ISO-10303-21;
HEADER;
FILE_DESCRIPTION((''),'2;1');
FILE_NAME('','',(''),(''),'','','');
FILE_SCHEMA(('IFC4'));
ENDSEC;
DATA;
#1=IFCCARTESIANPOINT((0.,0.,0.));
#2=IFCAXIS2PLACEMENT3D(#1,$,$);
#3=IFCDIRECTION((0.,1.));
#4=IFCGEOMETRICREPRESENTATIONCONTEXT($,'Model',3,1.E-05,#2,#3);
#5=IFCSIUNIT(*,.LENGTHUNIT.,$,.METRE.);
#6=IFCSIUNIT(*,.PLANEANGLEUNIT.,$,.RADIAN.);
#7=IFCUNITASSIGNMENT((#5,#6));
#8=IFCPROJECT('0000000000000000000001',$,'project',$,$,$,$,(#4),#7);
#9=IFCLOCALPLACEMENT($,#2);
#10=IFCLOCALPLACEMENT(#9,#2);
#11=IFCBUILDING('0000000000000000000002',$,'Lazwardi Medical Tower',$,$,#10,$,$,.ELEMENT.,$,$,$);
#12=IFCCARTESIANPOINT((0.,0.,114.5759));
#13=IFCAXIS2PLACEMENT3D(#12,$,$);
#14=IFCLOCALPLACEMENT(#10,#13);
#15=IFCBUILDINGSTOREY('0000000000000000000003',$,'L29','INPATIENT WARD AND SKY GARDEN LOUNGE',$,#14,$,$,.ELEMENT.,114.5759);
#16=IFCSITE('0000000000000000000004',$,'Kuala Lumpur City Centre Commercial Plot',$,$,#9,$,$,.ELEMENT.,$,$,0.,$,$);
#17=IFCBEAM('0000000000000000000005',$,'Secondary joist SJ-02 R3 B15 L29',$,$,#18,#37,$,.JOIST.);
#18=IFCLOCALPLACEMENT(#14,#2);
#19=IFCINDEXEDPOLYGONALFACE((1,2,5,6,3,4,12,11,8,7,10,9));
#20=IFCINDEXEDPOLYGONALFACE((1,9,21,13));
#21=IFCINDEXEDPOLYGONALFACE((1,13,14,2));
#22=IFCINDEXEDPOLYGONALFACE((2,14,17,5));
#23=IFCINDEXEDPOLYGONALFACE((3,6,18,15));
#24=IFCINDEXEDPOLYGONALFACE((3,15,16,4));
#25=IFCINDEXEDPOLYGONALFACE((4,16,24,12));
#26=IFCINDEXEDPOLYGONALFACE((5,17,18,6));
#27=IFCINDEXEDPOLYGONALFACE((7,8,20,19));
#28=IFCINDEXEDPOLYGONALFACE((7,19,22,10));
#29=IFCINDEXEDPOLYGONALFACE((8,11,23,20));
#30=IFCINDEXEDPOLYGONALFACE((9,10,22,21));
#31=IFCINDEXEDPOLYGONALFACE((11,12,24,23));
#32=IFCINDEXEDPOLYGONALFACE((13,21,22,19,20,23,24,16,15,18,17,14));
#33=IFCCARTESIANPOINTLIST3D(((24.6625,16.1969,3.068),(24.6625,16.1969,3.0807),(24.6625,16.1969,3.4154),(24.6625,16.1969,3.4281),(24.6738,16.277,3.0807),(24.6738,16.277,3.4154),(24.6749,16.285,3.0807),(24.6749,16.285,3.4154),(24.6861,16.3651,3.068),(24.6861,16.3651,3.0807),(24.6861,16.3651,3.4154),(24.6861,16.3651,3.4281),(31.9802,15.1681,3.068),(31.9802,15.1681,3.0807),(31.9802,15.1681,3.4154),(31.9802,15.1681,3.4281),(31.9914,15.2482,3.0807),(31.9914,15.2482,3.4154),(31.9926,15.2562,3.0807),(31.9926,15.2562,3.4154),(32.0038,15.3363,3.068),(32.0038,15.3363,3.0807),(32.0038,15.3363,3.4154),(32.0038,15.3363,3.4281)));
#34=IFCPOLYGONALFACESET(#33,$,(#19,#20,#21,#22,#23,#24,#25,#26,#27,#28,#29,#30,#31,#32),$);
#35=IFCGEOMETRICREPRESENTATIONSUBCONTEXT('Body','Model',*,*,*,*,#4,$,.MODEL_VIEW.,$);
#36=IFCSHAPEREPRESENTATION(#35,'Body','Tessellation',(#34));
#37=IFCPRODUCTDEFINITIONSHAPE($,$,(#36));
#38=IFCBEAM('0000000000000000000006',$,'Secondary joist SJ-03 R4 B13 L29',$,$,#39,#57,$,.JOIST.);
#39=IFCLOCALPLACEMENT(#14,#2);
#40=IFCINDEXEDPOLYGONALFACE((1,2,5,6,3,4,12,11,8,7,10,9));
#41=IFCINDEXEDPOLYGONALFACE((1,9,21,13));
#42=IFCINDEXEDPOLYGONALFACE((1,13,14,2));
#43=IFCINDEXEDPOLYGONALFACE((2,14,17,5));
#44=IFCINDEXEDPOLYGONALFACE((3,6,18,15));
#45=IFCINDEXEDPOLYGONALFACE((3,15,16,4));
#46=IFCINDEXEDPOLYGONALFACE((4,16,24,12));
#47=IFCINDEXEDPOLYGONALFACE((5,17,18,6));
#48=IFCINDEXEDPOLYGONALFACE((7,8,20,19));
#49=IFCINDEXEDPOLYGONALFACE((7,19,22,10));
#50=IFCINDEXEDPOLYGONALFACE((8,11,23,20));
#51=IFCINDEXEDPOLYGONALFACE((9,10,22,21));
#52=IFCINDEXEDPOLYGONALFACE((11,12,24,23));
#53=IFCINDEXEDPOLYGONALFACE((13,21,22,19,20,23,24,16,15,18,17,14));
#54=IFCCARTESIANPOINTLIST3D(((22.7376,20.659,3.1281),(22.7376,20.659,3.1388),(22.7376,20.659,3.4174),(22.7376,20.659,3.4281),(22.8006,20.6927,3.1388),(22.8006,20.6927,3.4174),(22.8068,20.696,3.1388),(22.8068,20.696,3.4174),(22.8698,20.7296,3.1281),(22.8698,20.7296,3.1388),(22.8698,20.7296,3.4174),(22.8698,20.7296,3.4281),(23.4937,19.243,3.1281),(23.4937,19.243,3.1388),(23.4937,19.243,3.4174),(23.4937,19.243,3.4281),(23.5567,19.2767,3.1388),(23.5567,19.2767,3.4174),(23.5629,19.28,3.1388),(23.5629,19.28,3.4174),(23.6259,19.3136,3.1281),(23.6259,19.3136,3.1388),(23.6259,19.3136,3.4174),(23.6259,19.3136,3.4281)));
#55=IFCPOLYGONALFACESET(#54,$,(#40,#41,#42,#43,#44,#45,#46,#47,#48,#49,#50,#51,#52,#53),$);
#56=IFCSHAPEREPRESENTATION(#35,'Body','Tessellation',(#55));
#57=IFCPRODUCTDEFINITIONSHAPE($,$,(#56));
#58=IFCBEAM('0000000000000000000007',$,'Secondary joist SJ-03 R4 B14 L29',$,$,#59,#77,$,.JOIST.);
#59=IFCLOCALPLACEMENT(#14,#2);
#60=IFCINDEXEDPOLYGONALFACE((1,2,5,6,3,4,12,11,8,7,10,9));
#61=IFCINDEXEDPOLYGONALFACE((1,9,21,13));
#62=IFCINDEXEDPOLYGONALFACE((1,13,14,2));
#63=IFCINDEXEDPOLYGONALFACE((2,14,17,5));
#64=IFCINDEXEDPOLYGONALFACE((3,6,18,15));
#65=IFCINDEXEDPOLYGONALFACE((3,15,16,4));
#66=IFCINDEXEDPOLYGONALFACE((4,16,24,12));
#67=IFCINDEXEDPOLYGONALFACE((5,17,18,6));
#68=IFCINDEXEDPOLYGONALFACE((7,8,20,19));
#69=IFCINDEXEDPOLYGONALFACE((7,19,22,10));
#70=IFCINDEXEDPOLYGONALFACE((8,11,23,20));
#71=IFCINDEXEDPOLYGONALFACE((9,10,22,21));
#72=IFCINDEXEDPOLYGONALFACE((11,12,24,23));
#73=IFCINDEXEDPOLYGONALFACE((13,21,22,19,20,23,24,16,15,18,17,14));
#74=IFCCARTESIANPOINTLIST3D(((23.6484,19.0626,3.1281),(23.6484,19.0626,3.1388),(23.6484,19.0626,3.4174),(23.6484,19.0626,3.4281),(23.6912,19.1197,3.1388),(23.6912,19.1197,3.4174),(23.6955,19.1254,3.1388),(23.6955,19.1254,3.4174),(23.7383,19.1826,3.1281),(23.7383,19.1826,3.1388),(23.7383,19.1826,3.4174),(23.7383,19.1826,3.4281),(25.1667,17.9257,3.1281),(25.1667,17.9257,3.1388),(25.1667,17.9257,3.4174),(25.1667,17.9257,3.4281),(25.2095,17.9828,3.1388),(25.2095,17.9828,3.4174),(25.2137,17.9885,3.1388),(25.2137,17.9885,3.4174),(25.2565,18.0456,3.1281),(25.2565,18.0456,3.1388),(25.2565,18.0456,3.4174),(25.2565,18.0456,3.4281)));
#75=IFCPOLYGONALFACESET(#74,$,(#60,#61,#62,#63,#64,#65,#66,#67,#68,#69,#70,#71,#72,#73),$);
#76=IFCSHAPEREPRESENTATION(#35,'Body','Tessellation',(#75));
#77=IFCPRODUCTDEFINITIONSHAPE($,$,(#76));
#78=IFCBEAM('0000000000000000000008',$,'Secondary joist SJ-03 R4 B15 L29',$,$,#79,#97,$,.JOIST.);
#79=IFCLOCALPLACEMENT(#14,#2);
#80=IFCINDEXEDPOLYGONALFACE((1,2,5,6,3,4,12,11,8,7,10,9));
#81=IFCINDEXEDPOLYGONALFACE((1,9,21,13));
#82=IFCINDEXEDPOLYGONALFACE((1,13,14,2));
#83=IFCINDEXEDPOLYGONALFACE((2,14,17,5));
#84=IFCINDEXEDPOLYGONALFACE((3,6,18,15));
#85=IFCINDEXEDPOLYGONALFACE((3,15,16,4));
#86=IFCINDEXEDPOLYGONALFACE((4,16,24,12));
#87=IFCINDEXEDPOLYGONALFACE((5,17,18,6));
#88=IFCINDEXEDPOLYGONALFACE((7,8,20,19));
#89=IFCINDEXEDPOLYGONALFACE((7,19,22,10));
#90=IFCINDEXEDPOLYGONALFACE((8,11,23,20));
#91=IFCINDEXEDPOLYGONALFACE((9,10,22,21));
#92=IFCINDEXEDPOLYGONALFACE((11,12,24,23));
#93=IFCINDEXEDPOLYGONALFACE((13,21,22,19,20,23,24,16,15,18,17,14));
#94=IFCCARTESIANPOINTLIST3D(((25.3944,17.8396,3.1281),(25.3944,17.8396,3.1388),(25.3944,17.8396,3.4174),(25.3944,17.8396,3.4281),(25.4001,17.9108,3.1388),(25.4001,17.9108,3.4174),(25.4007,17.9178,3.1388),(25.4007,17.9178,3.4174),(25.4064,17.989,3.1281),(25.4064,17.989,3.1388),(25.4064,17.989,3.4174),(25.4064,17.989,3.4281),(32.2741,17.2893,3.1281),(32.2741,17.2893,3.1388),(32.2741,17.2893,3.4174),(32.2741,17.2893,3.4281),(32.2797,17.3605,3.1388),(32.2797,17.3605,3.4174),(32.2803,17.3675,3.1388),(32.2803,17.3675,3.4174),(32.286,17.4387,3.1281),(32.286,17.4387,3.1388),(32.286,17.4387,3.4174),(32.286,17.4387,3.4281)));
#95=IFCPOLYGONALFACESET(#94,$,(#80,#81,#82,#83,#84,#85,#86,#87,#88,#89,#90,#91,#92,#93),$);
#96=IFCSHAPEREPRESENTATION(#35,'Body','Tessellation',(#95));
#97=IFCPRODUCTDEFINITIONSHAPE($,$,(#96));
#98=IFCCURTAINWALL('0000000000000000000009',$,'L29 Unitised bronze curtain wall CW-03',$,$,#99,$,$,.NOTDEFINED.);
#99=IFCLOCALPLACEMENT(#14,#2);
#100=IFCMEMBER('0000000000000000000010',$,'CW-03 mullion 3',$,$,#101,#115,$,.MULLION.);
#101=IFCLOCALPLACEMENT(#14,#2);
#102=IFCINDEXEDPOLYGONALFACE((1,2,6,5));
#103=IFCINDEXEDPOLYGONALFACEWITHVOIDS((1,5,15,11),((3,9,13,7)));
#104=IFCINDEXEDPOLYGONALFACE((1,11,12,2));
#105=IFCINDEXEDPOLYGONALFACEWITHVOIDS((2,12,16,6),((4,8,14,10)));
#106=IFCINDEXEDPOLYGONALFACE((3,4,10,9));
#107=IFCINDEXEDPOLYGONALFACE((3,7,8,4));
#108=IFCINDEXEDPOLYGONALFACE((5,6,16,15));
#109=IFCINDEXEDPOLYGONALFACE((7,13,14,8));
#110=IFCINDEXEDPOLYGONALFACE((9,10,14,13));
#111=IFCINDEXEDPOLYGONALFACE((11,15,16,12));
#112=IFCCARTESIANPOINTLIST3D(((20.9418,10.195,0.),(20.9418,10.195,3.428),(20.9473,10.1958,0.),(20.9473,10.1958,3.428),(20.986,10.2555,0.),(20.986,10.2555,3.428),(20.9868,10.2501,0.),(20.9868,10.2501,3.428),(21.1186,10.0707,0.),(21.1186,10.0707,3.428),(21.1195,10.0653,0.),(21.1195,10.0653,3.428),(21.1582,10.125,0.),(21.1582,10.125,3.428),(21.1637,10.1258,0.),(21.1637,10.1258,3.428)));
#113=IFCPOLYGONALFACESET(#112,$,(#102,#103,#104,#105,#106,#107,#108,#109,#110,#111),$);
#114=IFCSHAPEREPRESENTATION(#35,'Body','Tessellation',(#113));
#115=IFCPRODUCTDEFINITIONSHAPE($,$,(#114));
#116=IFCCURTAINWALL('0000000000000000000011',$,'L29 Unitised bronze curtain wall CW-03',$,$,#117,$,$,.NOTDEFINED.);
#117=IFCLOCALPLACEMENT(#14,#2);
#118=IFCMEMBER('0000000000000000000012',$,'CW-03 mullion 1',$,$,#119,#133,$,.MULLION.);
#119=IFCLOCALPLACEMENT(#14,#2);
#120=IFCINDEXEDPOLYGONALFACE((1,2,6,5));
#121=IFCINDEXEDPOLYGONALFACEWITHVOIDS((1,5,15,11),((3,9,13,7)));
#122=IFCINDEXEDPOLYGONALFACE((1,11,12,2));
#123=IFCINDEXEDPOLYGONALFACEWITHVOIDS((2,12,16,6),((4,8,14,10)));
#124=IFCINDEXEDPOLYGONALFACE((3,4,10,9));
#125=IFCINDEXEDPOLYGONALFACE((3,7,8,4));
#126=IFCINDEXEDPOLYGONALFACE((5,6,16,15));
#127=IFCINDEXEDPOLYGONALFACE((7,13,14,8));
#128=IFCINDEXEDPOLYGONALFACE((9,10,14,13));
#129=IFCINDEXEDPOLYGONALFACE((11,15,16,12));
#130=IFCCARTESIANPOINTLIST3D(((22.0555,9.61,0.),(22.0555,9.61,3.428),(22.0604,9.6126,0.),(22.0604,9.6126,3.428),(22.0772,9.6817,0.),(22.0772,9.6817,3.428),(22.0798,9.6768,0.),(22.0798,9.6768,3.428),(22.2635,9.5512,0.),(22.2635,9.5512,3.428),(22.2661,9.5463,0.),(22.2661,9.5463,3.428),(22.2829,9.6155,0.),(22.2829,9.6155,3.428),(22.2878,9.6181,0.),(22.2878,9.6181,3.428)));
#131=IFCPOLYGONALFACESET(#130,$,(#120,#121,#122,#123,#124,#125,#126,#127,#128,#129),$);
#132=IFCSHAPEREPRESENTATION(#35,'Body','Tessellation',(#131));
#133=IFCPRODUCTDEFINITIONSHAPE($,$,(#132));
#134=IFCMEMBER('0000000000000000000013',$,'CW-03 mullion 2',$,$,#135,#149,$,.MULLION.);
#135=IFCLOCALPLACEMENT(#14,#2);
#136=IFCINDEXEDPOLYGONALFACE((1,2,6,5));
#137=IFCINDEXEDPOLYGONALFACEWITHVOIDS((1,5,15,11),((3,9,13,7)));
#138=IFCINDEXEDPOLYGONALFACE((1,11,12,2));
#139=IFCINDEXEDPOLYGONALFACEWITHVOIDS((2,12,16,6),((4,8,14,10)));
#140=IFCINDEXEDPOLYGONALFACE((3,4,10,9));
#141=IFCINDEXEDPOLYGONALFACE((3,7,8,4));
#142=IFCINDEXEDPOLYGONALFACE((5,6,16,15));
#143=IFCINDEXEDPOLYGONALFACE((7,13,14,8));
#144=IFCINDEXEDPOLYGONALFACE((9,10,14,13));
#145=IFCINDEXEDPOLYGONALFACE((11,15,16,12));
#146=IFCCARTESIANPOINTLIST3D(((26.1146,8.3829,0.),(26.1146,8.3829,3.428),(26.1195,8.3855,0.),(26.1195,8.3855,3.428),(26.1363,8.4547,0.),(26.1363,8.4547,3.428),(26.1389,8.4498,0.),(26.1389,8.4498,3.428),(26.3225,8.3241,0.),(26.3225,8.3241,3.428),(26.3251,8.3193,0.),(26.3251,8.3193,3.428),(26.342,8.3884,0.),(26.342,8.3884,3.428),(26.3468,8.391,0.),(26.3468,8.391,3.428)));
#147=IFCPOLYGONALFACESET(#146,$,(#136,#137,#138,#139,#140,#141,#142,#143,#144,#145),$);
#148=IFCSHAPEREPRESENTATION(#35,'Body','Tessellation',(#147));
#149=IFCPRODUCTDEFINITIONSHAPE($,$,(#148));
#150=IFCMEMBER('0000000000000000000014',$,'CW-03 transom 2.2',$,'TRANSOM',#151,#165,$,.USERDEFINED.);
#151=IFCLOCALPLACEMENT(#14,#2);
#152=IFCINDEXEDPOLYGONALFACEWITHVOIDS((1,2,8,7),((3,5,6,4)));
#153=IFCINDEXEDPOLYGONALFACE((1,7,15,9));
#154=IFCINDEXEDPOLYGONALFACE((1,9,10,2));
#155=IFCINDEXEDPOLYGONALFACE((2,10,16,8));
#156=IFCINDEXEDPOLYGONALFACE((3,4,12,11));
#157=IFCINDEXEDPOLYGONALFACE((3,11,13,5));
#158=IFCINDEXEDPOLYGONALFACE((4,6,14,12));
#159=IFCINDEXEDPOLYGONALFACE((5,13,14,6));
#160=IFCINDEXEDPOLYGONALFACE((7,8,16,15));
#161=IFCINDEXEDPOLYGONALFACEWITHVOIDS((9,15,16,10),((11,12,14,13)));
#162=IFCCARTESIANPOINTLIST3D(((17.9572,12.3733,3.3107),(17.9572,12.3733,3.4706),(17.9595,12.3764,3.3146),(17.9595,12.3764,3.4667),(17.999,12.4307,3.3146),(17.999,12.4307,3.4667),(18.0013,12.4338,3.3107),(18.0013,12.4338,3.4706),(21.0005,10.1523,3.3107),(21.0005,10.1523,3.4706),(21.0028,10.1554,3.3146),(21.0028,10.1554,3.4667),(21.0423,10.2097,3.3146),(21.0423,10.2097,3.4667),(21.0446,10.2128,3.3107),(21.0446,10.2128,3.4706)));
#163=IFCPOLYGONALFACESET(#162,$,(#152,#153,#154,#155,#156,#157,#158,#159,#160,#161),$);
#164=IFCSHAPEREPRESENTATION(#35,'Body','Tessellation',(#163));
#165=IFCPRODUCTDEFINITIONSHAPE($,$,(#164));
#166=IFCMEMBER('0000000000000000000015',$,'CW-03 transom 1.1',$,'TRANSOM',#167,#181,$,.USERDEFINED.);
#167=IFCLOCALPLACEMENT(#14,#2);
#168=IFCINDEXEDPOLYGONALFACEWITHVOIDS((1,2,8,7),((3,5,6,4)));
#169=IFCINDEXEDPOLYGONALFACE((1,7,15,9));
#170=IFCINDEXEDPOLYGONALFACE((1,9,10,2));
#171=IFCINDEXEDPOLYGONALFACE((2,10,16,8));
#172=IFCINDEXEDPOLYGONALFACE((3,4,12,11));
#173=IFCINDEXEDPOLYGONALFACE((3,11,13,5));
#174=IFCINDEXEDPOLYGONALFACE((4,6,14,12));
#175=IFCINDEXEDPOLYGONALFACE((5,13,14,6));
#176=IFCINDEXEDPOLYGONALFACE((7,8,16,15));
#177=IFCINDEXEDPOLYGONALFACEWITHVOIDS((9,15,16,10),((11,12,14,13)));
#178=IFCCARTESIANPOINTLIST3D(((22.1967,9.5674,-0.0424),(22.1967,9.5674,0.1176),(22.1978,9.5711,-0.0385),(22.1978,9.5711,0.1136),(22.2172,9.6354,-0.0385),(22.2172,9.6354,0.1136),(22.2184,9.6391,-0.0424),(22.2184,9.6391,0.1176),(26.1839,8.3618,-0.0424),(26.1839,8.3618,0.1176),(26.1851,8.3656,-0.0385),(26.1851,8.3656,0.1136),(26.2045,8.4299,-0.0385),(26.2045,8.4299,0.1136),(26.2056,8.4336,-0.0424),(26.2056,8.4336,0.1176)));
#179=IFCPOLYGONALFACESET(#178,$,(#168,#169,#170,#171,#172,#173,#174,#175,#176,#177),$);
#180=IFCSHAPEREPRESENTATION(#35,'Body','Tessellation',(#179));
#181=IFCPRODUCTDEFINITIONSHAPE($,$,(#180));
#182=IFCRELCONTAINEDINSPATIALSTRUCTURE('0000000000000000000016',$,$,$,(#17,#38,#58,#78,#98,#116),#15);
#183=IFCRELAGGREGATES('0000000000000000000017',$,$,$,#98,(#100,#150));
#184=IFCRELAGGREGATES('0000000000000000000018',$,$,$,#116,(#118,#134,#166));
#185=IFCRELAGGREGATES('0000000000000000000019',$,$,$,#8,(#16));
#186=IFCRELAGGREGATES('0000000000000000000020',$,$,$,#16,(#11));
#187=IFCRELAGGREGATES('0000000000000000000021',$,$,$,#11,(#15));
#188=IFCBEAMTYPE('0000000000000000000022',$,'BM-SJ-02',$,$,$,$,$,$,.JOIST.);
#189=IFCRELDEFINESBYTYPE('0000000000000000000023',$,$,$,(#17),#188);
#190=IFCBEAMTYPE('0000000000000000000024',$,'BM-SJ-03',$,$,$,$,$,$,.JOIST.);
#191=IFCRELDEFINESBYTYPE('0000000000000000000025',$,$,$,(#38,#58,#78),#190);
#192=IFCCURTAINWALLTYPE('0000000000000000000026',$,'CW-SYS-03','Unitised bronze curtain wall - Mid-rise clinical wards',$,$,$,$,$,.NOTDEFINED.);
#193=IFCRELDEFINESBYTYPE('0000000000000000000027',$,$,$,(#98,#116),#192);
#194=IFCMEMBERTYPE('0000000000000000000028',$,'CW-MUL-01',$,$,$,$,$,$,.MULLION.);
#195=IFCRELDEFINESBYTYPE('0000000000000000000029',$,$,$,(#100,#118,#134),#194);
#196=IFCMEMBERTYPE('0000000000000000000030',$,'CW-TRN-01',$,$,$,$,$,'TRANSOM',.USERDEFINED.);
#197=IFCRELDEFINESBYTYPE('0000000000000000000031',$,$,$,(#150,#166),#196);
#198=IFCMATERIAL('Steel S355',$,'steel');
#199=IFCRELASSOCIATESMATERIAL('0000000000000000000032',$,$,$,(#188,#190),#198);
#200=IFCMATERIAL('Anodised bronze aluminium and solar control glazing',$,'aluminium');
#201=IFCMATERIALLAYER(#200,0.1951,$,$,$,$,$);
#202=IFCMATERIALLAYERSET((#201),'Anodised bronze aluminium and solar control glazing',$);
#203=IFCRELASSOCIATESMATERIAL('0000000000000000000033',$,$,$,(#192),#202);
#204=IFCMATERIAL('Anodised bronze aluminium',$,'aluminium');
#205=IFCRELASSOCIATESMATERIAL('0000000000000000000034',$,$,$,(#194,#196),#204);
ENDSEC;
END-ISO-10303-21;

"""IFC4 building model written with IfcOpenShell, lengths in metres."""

from ifc_helpers import new_model, si_unit, direction, frame, origin, origin_2d, place, context, subcontext, project, spatial, hollow_rectangle, i_section, extrude, material, layer, layer_set, material_profile, profile_set, type_object, element, aggregate, save


model = new_model("IFC4")

# Units and contexts
model_context = context("Model", 3, precision=1e-05, world=origin(), true_north=direction((0.0, 1.0)))
body_context = subcontext(model_context, "Body", "Model", "MODEL_VIEW")
ifc_project = project(units=[si_unit("LENGTHUNIT", "METRE"), si_unit("PLANEANGLEUNIT", "RADIAN")], contexts=[model_context])

# Site, building, storey
site_placement = place(None, origin())
site = spatial("IfcSite", under=ifc_project, at=site_placement, Name="Kuala Lumpur City Centre Commercial Plot", CompositionType="ELEMENT", RefElevation=0.0)
building_placement = place(site_placement, origin())
building = spatial("IfcBuilding", under=site, at=building_placement, Name="Lazwardi Medical Tower", CompositionType="ELEMENT")
storey_placement = place(building_placement, frame((0.0, 0.0, 114.5759)))
storey = spatial("IfcBuildingStorey", under=building, at=storey_placement, Name="L29", Description="INPATIENT WARD AND SKY GARDEN LOUNGE", CompositionType="ELEMENT", Elevation=114.5759)

# Beams
ifc_material_1 = material(Name="Steel S355", Category="steel")
ifc_material_profile_1 = material_profile(ifc_material_1, i_section(OverallWidth=0.1699, OverallDepth=0.3601, WebThickness=0.0081, FlangeThickness=0.0127, at=origin_2d()), Name="IPE 360")
ifc_profile_set_1 = profile_set([ifc_material_profile_1], Name="Steel S355")
beam_type_1 = type_object("IfcBeamType", Name="BM-SJ-02", PredefinedType="JOIST", material=ifc_profile_set_1)
beam_1_placement = place(storey_placement, frame((24.6743, 16.281, 3.248), z_axis=(0.990261, -0.139224, 0.0), x_axis=(0.139224, 0.990261, 0.0)))
element("IfcBeam", 1, at=beam_1_placement, inside=storey, type_object=beam_type_1, Name="Secondary joist SJ-02 R3 B15 L29", PredefinedType="JOIST", context=body_context, shape_type="SweptSolid", body=[
    extrude(i_section(OverallWidth=0.1699, OverallDepth=0.3601, WebThickness=0.0081, FlangeThickness=0.0127, at=origin_2d()), origin(), (0.0, 0.0, 1.0), 7.3896),
])
ifc_material_profile_2 = material_profile(ifc_material_1, i_section(OverallWidth=0.1499, OverallDepth=0.3, WebThickness=0.0071, FlangeThickness=0.0107, at=origin_2d()), Name="IPE 300")
ifc_profile_set_2 = profile_set([ifc_material_profile_2], Name="Steel S355")
beam_type_2 = type_object("IfcBeamType", Name="BM-SJ-03", PredefinedType="JOIST", material=ifc_profile_set_2)
beam_2_placement = place(storey_placement, frame((22.8037, 20.6943, 3.2781), z_axis=(0.471022, -0.882121, 0.0), x_axis=(0.882121, 0.471022, 0.0)))
element("IfcBeam", 2, at=beam_2_placement, inside=storey, type_object=beam_type_2, Name="Secondary joist SJ-03 R4 B13 L29", PredefinedType="JOIST", context=body_context, shape_type="SweptSolid", body=[
    extrude(i_section(OverallWidth=0.1499, OverallDepth=0.3, WebThickness=0.0071, FlangeThickness=0.0107, at=origin_2d()), origin(), (0.0, 0.0, 1.0), 1.6052),
])
beam_3_placement = place(storey_placement, frame((23.6934, 19.1226, 3.2781), z_axis=(0.800448, -0.599403, 0.0), x_axis=(0.599403, 0.800448, 0.0)))
element("IfcBeam", 3, at=beam_3_placement, inside=storey, type_object=beam_type_2, Name="Secondary joist SJ-03 R4 B14 L29", PredefinedType="JOIST", context=body_context, shape_type="SweptSolid", body=[
    extrude(i_section(OverallWidth=0.1499, OverallDepth=0.3, WebThickness=0.0071, FlangeThickness=0.0107, at=origin_2d()), origin(), (0.0, 0.0, 1.0), 1.8967),
])
beam_4_placement = place(storey_placement, frame((25.4004, 17.9143, 3.2781), z_axis=(0.996816, -0.079734, 0.0), x_axis=(0.079734, 0.996816, 0.0)))
element("IfcBeam", 4, at=beam_4_placement, inside=storey, type_object=beam_type_2, Name="Secondary joist SJ-03 R4 B15 L29", PredefinedType="JOIST", context=body_context, shape_type="SweptSolid", body=[
    extrude(i_section(OverallWidth=0.1499, OverallDepth=0.3, WebThickness=0.0071, FlangeThickness=0.0107, at=origin_2d()), origin(), (0.0, 0.0, 1.0), 6.9016),
])

# Curtain wall, member
ifc_material_2 = material(Name="Anodised bronze aluminium and solar control glazing", Category="aluminium")
ifc_layer_1 = layer(ifc_material_2, 0.1951)
ifc_layer_set_1 = layer_set([ifc_layer_1], Name="Anodised bronze aluminium and solar control glazing")
curtain_wall_type = type_object("IfcCurtainWallType", Name="CW-SYS-03", Description="Unitised bronze curtain wall - Mid-rise clinical wards", PredefinedType="NOTDEFINED", material=ifc_layer_set_1)
curtain_wall_1_placement = place(storey_placement, origin())
curtain_wall_1 = element("IfcCurtainWall", 5, at=curtain_wall_1_placement, inside=storey, type_object=curtain_wall_type, Name="L29 Unitised bronze curtain wall CW-03", PredefinedType="NOTDEFINED")
ifc_material_3 = material(Name="Anodised bronze aluminium", Category="aluminium")
ifc_material_profile_3 = material_profile(ifc_material_3, hollow_rectangle(XDim=0.075, YDim=0.22, WallThickness=0.0039, at=origin_2d()), Name="ALU-MULLION 220x75x4")
ifc_profile_set_3 = profile_set([ifc_material_profile_3], Name="Anodised bronze aluminium")
member_type_1 = type_object("IfcMemberType", Name="CW-MUL-01", PredefinedType="MULLION", material=ifc_profile_set_3)
member_1_placement = place(storey_placement, frame((21.0527, 10.1604, 0.0), z_axis=(0.0, 0.0, 1.0), x_axis=(0.589531, 0.807746, 0.0)))
member_1 = element("IfcMember", 6, at=member_1_placement, type_object=member_type_1, Name="CW-03 mullion 3", PredefinedType="MULLION", context=body_context, shape_type="SweptSolid", body=[
    extrude(hollow_rectangle(XDim=0.075, YDim=0.22, WallThickness=0.0039, at=origin_2d()), origin(), (0.0, 0.0, 1.0), 3.428),
])

# Curtain wall, members
curtain_wall_2_placement = place(storey_placement, origin())
curtain_wall_2 = element("IfcCurtainWall", 7, at=curtain_wall_2_placement, inside=storey, type_object=curtain_wall_type, Name="L29 Unitised bronze curtain wall CW-03", PredefinedType="NOTDEFINED")
member_2_placement = place(storey_placement, frame((22.1716, 9.614, 0.0), z_axis=(0.0, 0.0, 1.0), x_axis=(0.289374, 0.957216, 0.0)))
member_2 = element("IfcMember", 8, at=member_2_placement, type_object=member_type_1, Name="CW-03 mullion 1", PredefinedType="MULLION", context=body_context, shape_type="SweptSolid", body=[
    extrude(hollow_rectangle(XDim=0.075, YDim=0.22, WallThickness=0.0039, at=origin_2d()), origin(), (0.0, 0.0, 1.0), 3.428),
])
member_3_placement = place(storey_placement, frame((26.2307, 8.387, 0.0), z_axis=(0.0, 0.0, 1.0), x_axis=(0.289374, 0.957216, 0.0)))
member_3 = element("IfcMember", 9, at=member_3_placement, type_object=member_type_1, Name="CW-03 mullion 2", PredefinedType="MULLION", context=body_context, shape_type="SweptSolid", body=[
    extrude(hollow_rectangle(XDim=0.075, YDim=0.22, WallThickness=0.0039, at=origin_2d()), origin(), (0.0, 0.0, 1.0), 3.428),
])

# Members
ifc_material_profile_4 = material_profile(ifc_material_3, hollow_rectangle(XDim=0.075, YDim=0.1599, WallThickness=0.0039, at=origin_2d()), Name="ALU-TRANSOM 160x75x4")
ifc_profile_set_4 = profile_set([ifc_material_profile_4], Name="Anodised bronze aluminium")
member_type_2 = type_object("IfcMemberType", Name="CW-TRN-01", ElementType="TRANSOM", PredefinedType="USERDEFINED", material=ifc_profile_set_4)
member_4_placement = place(storey_placement, frame((17.9792, 12.4036, 3.3906), z_axis=(0.807763, -0.589508, 0.0), x_axis=(0.589508, 0.807763, 0.0)))
member_4 = element("IfcMember", 10, at=member_4_placement, type_object=member_type_2, Name="CW-03 transom 2.2", ObjectType="TRANSOM", PredefinedType="USERDEFINED", context=body_context, shape_type="SweptSolid", body=[
    extrude(hollow_rectangle(XDim=0.075, YDim=0.1599, WallThickness=0.0039, at=origin_2d()), origin(), (0.0, 0.0, 1.0), 3.7676),
])
member_5_placement = place(storey_placement, frame((22.2075, 9.6033, 0.0376), z_axis=(0.957205, -0.289412, 0.0), x_axis=(0.289412, 0.957205, 0.0)))
member_5 = element("IfcMember", 11, at=member_5_placement, type_object=member_type_2, Name="CW-03 transom 1.1", ObjectType="TRANSOM", PredefinedType="USERDEFINED", context=body_context, shape_type="SweptSolid", body=[
    extrude(hollow_rectangle(XDim=0.075, YDim=0.1599, WallThickness=0.0039, at=origin_2d()), origin(), (0.0, 0.0, 1.0), 4.1655),
])

aggregate(curtain_wall_1, [member_1, member_4])
aggregate(curtain_wall_2, [member_2, member_3, member_5])

save(model, "model.ifc")
